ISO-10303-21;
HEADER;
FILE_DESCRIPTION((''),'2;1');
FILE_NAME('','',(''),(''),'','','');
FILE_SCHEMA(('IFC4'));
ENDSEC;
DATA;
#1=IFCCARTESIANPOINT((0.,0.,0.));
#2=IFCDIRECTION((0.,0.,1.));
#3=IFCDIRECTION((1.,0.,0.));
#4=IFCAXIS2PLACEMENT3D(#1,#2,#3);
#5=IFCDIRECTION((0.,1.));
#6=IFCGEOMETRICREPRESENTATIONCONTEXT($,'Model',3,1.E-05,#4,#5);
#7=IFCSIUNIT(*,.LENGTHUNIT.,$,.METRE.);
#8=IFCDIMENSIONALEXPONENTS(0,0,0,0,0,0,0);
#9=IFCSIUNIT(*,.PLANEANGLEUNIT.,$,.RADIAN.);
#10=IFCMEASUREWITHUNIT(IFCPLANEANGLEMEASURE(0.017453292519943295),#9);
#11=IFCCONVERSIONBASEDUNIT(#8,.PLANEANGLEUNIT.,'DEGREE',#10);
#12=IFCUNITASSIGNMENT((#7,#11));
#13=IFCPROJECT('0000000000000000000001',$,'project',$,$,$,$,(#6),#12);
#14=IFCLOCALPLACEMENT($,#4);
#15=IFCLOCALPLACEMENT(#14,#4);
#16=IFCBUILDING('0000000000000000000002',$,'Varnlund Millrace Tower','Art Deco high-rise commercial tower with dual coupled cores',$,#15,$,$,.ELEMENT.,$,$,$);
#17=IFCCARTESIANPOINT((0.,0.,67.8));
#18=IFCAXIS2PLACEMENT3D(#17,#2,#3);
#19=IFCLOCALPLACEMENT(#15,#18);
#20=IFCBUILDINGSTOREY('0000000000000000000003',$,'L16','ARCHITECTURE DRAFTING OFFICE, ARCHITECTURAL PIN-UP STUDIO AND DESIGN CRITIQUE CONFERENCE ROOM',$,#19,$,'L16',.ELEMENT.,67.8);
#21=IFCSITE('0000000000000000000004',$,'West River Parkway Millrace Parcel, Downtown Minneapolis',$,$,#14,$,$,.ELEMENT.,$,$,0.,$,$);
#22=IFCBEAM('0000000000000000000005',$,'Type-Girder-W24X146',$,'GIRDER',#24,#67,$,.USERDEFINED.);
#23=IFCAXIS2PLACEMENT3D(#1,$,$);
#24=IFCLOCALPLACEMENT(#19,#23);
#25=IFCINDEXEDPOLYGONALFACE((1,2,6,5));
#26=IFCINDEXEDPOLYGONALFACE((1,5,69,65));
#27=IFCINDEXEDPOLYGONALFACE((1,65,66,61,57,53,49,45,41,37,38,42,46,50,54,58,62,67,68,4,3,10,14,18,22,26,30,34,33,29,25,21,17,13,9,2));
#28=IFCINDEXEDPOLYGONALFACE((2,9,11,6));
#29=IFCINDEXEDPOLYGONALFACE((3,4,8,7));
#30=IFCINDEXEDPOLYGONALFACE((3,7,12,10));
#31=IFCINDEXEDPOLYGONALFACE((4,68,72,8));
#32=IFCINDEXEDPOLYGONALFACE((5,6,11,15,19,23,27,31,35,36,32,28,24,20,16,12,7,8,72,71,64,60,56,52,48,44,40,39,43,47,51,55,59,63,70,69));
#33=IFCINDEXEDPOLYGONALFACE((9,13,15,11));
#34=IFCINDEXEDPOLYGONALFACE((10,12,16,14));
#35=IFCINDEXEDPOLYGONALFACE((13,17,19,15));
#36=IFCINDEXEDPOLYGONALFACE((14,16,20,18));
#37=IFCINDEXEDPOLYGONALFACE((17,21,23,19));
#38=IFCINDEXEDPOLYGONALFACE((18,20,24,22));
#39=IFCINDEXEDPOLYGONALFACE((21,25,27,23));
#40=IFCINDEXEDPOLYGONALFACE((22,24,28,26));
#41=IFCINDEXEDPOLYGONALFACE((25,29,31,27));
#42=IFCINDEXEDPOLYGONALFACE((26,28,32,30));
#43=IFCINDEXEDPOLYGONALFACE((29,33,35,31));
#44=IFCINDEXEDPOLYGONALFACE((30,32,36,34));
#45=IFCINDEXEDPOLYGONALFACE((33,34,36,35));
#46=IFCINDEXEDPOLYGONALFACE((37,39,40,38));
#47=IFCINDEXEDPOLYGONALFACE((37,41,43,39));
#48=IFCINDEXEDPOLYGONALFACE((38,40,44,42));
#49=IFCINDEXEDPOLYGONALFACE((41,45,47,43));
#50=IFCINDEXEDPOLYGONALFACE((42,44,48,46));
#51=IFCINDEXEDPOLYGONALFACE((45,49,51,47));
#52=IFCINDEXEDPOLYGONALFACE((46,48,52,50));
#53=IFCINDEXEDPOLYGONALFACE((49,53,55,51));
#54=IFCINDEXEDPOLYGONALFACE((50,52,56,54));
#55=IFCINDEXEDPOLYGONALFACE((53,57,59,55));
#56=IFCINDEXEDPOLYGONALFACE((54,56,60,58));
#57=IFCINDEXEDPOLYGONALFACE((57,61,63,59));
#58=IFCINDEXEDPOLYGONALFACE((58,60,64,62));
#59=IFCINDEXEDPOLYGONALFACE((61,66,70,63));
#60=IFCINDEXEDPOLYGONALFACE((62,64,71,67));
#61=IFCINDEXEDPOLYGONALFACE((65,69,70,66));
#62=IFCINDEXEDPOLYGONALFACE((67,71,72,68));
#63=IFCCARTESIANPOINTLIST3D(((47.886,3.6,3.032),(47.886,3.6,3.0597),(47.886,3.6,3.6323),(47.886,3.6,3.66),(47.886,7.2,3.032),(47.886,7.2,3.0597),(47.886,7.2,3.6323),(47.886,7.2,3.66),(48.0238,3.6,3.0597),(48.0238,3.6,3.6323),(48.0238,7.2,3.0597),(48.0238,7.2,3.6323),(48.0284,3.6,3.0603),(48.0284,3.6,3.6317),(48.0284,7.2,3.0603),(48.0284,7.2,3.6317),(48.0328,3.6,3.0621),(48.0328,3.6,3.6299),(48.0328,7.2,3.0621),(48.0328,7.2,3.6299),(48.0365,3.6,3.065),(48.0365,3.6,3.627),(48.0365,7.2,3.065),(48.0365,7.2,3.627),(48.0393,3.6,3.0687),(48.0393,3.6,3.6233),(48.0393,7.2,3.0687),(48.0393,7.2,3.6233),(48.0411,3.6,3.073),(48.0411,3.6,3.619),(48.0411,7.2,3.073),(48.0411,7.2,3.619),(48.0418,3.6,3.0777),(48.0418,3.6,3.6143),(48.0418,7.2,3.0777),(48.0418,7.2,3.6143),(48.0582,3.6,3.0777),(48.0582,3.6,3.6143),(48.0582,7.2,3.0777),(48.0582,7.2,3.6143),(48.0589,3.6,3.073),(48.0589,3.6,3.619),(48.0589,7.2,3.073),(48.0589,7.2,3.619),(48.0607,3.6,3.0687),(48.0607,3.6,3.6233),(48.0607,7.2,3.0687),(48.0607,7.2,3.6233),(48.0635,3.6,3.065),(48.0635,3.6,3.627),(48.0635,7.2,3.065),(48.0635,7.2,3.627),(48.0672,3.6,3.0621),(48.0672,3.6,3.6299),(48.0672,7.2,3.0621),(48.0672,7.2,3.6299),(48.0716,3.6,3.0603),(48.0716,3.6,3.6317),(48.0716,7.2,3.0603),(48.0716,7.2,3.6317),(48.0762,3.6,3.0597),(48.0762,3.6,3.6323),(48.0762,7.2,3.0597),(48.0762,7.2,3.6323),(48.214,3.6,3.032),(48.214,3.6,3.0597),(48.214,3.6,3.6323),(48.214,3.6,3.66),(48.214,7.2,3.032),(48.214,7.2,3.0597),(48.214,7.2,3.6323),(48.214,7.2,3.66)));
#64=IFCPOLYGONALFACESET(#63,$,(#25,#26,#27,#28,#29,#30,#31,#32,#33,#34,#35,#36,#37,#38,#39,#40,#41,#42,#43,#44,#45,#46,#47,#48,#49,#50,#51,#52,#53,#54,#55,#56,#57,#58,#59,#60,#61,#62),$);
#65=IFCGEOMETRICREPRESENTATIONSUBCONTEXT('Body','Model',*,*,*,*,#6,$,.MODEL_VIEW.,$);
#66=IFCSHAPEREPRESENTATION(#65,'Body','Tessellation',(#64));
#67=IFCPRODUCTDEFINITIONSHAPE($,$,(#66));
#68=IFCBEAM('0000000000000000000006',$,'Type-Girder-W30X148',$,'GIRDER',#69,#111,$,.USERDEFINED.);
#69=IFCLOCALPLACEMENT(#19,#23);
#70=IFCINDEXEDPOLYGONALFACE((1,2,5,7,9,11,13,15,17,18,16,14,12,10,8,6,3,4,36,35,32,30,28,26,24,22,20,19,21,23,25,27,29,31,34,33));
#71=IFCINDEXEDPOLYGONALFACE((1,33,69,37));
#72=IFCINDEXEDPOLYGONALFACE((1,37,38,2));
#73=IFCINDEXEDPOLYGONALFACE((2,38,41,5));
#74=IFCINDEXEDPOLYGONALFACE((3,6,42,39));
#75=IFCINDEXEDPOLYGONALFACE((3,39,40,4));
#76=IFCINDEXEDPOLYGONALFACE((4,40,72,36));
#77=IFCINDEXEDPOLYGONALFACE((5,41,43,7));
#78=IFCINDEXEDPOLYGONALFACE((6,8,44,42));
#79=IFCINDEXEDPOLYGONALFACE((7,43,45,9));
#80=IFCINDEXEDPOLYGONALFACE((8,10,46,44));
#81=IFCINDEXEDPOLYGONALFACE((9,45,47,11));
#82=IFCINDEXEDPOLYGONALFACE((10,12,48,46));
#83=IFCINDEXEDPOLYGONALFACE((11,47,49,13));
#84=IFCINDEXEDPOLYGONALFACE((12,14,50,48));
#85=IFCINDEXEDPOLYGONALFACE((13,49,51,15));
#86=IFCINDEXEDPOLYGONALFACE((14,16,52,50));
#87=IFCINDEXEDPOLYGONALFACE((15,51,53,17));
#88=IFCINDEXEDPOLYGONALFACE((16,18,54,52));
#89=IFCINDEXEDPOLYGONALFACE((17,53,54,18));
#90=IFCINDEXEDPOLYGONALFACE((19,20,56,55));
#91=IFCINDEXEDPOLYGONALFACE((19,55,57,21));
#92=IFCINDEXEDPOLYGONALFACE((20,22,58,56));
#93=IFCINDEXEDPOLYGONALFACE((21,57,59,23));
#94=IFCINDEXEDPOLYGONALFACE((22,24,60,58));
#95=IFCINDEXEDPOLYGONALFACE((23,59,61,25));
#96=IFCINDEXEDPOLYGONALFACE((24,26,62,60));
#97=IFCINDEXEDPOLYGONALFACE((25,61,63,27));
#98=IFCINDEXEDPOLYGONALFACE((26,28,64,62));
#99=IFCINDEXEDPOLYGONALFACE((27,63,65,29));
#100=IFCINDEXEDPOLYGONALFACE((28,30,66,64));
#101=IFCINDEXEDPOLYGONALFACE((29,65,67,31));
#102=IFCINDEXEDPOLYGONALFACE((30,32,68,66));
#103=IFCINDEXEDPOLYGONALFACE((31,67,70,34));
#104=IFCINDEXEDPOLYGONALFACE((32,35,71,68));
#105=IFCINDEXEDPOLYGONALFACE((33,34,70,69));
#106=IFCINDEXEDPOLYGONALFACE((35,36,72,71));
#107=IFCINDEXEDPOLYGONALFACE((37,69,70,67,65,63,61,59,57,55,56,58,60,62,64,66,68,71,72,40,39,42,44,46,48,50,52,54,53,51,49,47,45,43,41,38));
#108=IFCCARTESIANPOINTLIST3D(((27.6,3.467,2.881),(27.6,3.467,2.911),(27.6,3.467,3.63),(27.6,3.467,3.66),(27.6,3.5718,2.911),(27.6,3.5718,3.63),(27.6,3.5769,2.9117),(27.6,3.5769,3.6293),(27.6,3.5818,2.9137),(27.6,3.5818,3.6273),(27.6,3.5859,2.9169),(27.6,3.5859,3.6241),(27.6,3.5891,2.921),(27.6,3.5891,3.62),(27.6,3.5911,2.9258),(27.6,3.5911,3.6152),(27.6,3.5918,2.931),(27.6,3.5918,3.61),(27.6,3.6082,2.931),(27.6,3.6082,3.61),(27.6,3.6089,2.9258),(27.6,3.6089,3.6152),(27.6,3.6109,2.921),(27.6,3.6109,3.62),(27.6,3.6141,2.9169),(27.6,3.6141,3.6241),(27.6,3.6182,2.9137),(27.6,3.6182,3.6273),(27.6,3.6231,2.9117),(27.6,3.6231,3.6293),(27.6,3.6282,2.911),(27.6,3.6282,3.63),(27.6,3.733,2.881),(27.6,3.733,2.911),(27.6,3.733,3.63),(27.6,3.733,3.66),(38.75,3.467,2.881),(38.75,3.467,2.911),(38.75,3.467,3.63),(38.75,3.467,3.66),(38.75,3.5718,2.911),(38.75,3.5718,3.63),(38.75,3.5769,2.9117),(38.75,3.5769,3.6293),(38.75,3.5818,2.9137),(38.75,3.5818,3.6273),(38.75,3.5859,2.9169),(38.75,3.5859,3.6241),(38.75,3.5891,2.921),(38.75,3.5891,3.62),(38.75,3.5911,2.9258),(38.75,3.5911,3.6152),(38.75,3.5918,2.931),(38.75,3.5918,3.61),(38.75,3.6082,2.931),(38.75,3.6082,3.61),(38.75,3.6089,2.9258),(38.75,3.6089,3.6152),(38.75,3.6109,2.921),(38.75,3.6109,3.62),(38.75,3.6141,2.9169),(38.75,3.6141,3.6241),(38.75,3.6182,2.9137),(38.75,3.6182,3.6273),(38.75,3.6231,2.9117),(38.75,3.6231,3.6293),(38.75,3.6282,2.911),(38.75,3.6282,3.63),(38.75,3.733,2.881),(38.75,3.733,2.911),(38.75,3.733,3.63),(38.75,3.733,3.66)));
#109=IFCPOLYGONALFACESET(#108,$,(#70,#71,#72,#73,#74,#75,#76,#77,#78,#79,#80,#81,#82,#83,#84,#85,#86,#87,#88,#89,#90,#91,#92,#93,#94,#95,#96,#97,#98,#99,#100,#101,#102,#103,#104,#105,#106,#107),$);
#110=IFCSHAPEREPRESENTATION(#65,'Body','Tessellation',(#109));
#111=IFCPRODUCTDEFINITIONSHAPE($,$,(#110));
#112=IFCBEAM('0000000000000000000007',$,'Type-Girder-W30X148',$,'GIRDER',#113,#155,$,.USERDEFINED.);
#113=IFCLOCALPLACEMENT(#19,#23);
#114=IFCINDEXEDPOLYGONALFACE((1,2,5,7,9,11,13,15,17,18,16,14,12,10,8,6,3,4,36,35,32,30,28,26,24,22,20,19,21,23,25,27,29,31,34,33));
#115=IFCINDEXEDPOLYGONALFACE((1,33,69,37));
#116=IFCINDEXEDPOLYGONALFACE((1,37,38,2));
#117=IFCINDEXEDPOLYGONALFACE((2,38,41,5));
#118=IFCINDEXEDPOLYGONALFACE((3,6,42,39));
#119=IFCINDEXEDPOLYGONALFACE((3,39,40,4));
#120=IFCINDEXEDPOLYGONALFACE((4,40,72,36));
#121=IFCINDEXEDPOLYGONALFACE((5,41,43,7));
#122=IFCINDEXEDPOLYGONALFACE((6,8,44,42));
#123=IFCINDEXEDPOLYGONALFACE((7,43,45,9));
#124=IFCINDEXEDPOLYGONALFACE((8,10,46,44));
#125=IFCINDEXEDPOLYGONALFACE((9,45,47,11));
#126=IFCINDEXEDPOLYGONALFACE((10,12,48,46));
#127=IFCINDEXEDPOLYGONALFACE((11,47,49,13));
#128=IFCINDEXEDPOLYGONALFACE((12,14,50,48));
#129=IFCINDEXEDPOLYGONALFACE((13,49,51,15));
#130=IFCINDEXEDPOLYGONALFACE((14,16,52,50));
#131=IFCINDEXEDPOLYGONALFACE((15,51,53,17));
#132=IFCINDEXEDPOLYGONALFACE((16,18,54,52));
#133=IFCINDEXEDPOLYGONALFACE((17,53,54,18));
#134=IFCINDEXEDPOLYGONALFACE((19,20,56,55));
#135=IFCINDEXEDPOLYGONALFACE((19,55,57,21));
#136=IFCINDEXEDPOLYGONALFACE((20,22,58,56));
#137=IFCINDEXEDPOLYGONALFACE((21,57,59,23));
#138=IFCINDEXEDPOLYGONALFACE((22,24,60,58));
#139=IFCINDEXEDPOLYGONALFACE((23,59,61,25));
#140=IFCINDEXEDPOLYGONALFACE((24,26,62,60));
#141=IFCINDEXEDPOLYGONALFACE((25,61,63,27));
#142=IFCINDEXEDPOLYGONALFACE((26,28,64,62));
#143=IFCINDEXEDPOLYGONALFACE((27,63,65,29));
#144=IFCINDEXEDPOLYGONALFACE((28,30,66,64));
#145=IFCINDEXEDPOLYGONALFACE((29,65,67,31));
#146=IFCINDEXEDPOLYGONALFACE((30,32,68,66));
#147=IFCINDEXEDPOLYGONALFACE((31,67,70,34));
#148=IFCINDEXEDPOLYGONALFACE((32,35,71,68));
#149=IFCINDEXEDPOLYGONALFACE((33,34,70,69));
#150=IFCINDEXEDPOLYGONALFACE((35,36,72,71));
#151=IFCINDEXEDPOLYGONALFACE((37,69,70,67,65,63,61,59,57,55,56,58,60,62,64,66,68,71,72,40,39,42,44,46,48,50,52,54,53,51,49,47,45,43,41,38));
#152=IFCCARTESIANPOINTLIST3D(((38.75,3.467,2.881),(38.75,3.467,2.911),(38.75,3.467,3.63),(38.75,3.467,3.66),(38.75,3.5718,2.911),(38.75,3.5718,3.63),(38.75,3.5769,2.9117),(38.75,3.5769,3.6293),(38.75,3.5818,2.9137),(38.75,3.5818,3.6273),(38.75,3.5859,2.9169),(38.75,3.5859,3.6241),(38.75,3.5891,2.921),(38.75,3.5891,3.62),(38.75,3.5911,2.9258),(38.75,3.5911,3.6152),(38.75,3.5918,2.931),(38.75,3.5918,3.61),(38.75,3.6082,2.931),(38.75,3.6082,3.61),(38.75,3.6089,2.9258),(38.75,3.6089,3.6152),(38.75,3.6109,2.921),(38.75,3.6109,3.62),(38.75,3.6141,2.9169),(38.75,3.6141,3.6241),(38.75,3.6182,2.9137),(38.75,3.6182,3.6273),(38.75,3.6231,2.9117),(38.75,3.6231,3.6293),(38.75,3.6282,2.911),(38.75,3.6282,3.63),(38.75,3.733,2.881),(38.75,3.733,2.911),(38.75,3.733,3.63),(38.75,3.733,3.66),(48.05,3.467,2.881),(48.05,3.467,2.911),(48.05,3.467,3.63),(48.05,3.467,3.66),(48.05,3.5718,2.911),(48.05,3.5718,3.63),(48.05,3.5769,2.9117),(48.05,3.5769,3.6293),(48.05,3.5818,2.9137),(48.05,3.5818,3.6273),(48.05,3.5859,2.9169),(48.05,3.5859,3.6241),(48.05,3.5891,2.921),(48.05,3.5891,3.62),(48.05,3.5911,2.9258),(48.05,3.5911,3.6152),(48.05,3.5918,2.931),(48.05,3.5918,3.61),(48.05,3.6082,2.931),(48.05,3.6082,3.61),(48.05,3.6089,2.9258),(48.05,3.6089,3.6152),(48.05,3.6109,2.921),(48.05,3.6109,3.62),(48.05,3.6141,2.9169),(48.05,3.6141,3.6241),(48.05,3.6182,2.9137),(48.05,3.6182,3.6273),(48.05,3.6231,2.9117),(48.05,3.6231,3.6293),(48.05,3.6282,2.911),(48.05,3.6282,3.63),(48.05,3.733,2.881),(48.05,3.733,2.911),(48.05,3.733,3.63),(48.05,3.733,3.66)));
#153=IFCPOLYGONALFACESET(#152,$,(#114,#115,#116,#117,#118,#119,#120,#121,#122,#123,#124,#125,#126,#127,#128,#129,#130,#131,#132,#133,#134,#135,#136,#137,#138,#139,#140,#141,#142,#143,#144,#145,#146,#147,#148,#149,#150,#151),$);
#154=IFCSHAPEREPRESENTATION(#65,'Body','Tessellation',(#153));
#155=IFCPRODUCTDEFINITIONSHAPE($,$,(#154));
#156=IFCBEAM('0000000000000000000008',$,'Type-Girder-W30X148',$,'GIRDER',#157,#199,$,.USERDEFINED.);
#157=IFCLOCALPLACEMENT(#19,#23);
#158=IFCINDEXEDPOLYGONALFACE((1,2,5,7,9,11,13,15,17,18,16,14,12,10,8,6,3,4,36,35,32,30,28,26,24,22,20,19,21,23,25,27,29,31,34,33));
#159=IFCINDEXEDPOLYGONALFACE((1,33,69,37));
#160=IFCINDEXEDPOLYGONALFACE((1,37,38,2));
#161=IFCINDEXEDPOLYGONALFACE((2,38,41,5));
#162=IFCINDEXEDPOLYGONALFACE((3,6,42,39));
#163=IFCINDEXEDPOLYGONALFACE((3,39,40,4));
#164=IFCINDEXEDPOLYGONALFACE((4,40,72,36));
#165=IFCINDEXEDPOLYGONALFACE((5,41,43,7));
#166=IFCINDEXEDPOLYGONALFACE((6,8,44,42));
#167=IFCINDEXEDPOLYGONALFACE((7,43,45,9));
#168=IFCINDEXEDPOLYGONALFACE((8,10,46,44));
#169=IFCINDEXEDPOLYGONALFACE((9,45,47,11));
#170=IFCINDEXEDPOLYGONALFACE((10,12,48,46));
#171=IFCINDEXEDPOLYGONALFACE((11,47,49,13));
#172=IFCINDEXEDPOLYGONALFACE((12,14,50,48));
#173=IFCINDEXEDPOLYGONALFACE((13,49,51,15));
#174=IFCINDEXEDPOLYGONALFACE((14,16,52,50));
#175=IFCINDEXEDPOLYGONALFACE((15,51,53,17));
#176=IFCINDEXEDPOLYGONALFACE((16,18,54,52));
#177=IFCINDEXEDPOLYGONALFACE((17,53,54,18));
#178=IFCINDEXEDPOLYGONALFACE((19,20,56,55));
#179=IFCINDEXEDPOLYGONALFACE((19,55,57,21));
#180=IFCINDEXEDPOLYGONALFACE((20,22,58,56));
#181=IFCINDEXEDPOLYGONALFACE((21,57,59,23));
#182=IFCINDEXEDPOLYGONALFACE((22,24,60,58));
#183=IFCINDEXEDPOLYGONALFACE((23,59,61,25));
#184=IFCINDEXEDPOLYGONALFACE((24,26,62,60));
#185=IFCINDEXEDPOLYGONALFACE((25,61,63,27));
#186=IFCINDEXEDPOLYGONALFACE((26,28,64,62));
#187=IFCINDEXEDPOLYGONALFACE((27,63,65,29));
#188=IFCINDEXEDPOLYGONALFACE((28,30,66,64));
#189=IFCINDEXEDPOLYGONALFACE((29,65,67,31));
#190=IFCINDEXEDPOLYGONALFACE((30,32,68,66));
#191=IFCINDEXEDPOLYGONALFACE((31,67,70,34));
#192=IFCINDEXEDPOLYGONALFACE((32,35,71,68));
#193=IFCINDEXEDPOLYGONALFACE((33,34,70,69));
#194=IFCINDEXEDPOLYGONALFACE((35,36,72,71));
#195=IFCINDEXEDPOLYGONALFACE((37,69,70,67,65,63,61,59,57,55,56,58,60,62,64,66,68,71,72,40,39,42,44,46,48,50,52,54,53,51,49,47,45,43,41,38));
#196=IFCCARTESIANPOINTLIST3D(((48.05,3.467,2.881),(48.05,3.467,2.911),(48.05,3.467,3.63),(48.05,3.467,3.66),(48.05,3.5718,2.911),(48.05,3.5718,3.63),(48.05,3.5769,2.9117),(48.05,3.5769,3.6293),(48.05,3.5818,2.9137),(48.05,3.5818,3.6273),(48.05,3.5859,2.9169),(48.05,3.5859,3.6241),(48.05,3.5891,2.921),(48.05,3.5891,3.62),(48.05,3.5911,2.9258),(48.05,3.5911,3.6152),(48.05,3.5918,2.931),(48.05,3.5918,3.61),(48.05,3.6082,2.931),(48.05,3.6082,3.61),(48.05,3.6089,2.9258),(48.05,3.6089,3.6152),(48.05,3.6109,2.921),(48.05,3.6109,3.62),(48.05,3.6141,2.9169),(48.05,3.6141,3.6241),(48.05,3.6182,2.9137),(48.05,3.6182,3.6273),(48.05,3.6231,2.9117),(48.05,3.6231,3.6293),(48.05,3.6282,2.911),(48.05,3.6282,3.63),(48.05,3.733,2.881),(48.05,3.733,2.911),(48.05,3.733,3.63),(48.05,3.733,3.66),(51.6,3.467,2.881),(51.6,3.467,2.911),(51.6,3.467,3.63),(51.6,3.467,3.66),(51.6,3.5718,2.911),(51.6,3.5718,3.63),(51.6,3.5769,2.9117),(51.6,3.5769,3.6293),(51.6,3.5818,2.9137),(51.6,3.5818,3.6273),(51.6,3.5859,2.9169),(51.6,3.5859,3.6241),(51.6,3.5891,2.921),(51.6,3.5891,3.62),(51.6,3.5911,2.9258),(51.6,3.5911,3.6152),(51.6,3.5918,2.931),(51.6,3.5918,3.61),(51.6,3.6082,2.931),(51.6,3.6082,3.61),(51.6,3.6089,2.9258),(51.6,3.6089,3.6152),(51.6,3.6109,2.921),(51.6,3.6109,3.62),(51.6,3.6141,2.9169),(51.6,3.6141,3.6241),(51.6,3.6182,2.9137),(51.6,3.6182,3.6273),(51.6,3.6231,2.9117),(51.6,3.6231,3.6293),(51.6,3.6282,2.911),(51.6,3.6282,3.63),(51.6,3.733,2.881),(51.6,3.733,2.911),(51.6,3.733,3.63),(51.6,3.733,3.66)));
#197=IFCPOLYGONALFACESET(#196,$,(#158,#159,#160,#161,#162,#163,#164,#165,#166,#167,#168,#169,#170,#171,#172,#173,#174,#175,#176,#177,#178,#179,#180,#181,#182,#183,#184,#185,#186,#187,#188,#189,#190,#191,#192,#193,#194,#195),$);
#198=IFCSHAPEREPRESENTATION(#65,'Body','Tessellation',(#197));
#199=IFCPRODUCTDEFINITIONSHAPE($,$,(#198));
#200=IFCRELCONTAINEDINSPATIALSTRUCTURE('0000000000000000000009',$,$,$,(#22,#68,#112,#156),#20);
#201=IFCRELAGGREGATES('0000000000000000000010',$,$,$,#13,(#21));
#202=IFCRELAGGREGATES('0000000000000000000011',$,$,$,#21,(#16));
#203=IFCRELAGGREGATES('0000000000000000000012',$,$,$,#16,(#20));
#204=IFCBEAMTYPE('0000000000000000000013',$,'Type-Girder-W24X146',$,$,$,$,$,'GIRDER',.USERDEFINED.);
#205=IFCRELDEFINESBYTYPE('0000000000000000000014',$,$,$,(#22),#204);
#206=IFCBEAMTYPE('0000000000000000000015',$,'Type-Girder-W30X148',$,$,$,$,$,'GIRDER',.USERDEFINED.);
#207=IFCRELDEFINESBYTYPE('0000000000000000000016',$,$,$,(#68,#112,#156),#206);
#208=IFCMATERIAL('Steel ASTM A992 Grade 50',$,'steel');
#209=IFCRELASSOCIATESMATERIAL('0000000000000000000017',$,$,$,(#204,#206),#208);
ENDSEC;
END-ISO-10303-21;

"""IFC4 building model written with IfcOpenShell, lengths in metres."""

from ifc_helpers import new_model, entity, si_unit, converted_unit, direction, frame, origin_with_axes, origin_2d_with_axis, place, context, subcontext, project, spatial, i_section, extrude, material, material_profile, profile_set, type_object, element, save


model = new_model("IFC4")

# Units and contexts
model_context = context("Model", 3, precision=1e-05, world=origin_with_axes(), true_north=direction((0.0, 1.0)))
body_context = subcontext(model_context, "Body", "Model", "MODEL_VIEW")
ifc_project = project(units=[si_unit("LENGTHUNIT", "METRE"), converted_unit("PLANEANGLEUNIT", "DEGREE", entity("IfcPlaneAngleMeasure", 0.017453292519943295), si_unit("PLANEANGLEUNIT", "RADIAN"), dimensions=[0, 0, 0, 0, 0, 0, 0])], contexts=[model_context])

# Site, building, storey
site_placement = place(None, origin_with_axes())
site = spatial("IfcSite", under=ifc_project, at=site_placement, Name="West River Parkway Millrace Parcel, Downtown Minneapolis", CompositionType="ELEMENT", RefElevation=0.0)
building_placement = place(site_placement, origin_with_axes())
building = spatial("IfcBuilding", under=site, at=building_placement, Name="Varnlund Millrace Tower", Description="Art Deco high-rise commercial tower with dual coupled cores", CompositionType="ELEMENT")
storey_placement = place(building_placement, frame((0.0, 0.0, 67.8), z_axis=(0.0, 0.0, 1.0), x_axis=(1.0, 0.0, 0.0)))
storey = spatial("IfcBuildingStorey", under=building, at=storey_placement, Name="L16", Description="ARCHITECTURE DRAFTING OFFICE, ARCHITECTURAL PIN-UP STUDIO AND DESIGN CRITIQUE CONFERENCE ROOM", LongName="L16", CompositionType="ELEMENT", Elevation=67.8)

# Beams
ifc_material_1 = material(Name="Steel ASTM A992 Grade 50", Category="steel")
ifc_material_profile_1 = material_profile(ifc_material_1, i_section(OverallWidth=0.328, OverallDepth=0.628, WebThickness=0.0165, FlangeThickness=0.0277, FilletRadius=0.018, at=origin_2d_with_axis()), Name="Steel ASTM A992 Grade 50")
ifc_profile_set_1 = profile_set([ifc_material_profile_1], Name="Steel ASTM A992 Grade 50")
beam_type_1 = type_object("IfcBeamType", Name="Type-Girder-W24X146", ElementType="GIRDER", PredefinedType="USERDEFINED", material=ifc_profile_set_1)
beam_1_placement = place(storey_placement, frame((48.05, 3.6, 3.346), z_axis=(0.0, 1.0, 0.0), x_axis=(-1.0, 0.0, 0.0)))
element("IfcBeam", 1, at=beam_1_placement, inside=storey, type_object=beam_type_1, Name="Type-Girder-W24X146", ObjectType="GIRDER", PredefinedType="USERDEFINED", context=body_context, shape_type="SweptSolid", body=[
    extrude(i_section(OverallWidth=0.328, OverallDepth=0.628, WebThickness=0.0165, FlangeThickness=0.0277, FilletRadius=0.018, at=origin_2d_with_axis()), origin_with_axes(), (0.0, 0.0, 1.0), 3.6),
])
ifc_material_profile_2 = material_profile(ifc_material_1, i_section(OverallWidth=0.266, OverallDepth=0.779, WebThickness=0.0165, FlangeThickness=0.03, FilletRadius=0.02, at=origin_2d_with_axis()), Name="Steel ASTM A992 Grade 50")
ifc_profile_set_2 = profile_set([ifc_material_profile_2], Name="Steel ASTM A992 Grade 50")
beam_type_2 = type_object("IfcBeamType", Name="Type-Girder-W30X148", ElementType="GIRDER", PredefinedType="USERDEFINED", material=ifc_profile_set_2)
beam_2_placement = place(storey_placement, frame((27.6, 3.6, 3.2705), z_axis=(1.0, 0.0, 0.0), x_axis=(0.0, 1.0, 0.0)))
element("IfcBeam", 2, at=beam_2_placement, inside=storey, type_object=beam_type_2, Name="Type-Girder-W30X148", ObjectType="GIRDER", PredefinedType="USERDEFINED", context=body_context, shape_type="SweptSolid", body=[
    extrude(i_section(OverallWidth=0.266, OverallDepth=0.779, WebThickness=0.0165, FlangeThickness=0.03, FilletRadius=0.02, at=origin_2d_with_axis()), origin_with_axes(), (0.0, 0.0, 1.0), 11.15),
])
beam_3_placement = place(storey_placement, frame((38.75, 3.6, 3.2705), z_axis=(1.0, 0.0, 0.0), x_axis=(0.0, 1.0, 0.0)))
element("IfcBeam", 3, at=beam_3_placement, inside=storey, type_object=beam_type_2, Name="Type-Girder-W30X148", ObjectType="GIRDER", PredefinedType="USERDEFINED", context=body_context, shape_type="SweptSolid", body=[
    extrude(i_section(OverallWidth=0.266, OverallDepth=0.779, WebThickness=0.0165, FlangeThickness=0.03, FilletRadius=0.02, at=origin_2d_with_axis()), origin_with_axes(), (0.0, 0.0, 1.0), 9.3),
])
beam_4_placement = place(storey_placement, frame((48.05, 3.6, 3.2705), z_axis=(1.0, 0.0, 0.0), x_axis=(0.0, 1.0, 0.0)))
element("IfcBeam", 4, at=beam_4_placement, inside=storey, type_object=beam_type_2, Name="Type-Girder-W30X148", ObjectType="GIRDER", PredefinedType="USERDEFINED", context=body_context, shape_type="SweptSolid", body=[
    extrude(i_section(OverallWidth=0.266, OverallDepth=0.779, WebThickness=0.0165, FlangeThickness=0.03, FilletRadius=0.02, at=origin_2d_with_axis()), origin_with_axes(), (0.0, 0.0, 1.0), 3.55),
])

save(model, "model.ifc")
